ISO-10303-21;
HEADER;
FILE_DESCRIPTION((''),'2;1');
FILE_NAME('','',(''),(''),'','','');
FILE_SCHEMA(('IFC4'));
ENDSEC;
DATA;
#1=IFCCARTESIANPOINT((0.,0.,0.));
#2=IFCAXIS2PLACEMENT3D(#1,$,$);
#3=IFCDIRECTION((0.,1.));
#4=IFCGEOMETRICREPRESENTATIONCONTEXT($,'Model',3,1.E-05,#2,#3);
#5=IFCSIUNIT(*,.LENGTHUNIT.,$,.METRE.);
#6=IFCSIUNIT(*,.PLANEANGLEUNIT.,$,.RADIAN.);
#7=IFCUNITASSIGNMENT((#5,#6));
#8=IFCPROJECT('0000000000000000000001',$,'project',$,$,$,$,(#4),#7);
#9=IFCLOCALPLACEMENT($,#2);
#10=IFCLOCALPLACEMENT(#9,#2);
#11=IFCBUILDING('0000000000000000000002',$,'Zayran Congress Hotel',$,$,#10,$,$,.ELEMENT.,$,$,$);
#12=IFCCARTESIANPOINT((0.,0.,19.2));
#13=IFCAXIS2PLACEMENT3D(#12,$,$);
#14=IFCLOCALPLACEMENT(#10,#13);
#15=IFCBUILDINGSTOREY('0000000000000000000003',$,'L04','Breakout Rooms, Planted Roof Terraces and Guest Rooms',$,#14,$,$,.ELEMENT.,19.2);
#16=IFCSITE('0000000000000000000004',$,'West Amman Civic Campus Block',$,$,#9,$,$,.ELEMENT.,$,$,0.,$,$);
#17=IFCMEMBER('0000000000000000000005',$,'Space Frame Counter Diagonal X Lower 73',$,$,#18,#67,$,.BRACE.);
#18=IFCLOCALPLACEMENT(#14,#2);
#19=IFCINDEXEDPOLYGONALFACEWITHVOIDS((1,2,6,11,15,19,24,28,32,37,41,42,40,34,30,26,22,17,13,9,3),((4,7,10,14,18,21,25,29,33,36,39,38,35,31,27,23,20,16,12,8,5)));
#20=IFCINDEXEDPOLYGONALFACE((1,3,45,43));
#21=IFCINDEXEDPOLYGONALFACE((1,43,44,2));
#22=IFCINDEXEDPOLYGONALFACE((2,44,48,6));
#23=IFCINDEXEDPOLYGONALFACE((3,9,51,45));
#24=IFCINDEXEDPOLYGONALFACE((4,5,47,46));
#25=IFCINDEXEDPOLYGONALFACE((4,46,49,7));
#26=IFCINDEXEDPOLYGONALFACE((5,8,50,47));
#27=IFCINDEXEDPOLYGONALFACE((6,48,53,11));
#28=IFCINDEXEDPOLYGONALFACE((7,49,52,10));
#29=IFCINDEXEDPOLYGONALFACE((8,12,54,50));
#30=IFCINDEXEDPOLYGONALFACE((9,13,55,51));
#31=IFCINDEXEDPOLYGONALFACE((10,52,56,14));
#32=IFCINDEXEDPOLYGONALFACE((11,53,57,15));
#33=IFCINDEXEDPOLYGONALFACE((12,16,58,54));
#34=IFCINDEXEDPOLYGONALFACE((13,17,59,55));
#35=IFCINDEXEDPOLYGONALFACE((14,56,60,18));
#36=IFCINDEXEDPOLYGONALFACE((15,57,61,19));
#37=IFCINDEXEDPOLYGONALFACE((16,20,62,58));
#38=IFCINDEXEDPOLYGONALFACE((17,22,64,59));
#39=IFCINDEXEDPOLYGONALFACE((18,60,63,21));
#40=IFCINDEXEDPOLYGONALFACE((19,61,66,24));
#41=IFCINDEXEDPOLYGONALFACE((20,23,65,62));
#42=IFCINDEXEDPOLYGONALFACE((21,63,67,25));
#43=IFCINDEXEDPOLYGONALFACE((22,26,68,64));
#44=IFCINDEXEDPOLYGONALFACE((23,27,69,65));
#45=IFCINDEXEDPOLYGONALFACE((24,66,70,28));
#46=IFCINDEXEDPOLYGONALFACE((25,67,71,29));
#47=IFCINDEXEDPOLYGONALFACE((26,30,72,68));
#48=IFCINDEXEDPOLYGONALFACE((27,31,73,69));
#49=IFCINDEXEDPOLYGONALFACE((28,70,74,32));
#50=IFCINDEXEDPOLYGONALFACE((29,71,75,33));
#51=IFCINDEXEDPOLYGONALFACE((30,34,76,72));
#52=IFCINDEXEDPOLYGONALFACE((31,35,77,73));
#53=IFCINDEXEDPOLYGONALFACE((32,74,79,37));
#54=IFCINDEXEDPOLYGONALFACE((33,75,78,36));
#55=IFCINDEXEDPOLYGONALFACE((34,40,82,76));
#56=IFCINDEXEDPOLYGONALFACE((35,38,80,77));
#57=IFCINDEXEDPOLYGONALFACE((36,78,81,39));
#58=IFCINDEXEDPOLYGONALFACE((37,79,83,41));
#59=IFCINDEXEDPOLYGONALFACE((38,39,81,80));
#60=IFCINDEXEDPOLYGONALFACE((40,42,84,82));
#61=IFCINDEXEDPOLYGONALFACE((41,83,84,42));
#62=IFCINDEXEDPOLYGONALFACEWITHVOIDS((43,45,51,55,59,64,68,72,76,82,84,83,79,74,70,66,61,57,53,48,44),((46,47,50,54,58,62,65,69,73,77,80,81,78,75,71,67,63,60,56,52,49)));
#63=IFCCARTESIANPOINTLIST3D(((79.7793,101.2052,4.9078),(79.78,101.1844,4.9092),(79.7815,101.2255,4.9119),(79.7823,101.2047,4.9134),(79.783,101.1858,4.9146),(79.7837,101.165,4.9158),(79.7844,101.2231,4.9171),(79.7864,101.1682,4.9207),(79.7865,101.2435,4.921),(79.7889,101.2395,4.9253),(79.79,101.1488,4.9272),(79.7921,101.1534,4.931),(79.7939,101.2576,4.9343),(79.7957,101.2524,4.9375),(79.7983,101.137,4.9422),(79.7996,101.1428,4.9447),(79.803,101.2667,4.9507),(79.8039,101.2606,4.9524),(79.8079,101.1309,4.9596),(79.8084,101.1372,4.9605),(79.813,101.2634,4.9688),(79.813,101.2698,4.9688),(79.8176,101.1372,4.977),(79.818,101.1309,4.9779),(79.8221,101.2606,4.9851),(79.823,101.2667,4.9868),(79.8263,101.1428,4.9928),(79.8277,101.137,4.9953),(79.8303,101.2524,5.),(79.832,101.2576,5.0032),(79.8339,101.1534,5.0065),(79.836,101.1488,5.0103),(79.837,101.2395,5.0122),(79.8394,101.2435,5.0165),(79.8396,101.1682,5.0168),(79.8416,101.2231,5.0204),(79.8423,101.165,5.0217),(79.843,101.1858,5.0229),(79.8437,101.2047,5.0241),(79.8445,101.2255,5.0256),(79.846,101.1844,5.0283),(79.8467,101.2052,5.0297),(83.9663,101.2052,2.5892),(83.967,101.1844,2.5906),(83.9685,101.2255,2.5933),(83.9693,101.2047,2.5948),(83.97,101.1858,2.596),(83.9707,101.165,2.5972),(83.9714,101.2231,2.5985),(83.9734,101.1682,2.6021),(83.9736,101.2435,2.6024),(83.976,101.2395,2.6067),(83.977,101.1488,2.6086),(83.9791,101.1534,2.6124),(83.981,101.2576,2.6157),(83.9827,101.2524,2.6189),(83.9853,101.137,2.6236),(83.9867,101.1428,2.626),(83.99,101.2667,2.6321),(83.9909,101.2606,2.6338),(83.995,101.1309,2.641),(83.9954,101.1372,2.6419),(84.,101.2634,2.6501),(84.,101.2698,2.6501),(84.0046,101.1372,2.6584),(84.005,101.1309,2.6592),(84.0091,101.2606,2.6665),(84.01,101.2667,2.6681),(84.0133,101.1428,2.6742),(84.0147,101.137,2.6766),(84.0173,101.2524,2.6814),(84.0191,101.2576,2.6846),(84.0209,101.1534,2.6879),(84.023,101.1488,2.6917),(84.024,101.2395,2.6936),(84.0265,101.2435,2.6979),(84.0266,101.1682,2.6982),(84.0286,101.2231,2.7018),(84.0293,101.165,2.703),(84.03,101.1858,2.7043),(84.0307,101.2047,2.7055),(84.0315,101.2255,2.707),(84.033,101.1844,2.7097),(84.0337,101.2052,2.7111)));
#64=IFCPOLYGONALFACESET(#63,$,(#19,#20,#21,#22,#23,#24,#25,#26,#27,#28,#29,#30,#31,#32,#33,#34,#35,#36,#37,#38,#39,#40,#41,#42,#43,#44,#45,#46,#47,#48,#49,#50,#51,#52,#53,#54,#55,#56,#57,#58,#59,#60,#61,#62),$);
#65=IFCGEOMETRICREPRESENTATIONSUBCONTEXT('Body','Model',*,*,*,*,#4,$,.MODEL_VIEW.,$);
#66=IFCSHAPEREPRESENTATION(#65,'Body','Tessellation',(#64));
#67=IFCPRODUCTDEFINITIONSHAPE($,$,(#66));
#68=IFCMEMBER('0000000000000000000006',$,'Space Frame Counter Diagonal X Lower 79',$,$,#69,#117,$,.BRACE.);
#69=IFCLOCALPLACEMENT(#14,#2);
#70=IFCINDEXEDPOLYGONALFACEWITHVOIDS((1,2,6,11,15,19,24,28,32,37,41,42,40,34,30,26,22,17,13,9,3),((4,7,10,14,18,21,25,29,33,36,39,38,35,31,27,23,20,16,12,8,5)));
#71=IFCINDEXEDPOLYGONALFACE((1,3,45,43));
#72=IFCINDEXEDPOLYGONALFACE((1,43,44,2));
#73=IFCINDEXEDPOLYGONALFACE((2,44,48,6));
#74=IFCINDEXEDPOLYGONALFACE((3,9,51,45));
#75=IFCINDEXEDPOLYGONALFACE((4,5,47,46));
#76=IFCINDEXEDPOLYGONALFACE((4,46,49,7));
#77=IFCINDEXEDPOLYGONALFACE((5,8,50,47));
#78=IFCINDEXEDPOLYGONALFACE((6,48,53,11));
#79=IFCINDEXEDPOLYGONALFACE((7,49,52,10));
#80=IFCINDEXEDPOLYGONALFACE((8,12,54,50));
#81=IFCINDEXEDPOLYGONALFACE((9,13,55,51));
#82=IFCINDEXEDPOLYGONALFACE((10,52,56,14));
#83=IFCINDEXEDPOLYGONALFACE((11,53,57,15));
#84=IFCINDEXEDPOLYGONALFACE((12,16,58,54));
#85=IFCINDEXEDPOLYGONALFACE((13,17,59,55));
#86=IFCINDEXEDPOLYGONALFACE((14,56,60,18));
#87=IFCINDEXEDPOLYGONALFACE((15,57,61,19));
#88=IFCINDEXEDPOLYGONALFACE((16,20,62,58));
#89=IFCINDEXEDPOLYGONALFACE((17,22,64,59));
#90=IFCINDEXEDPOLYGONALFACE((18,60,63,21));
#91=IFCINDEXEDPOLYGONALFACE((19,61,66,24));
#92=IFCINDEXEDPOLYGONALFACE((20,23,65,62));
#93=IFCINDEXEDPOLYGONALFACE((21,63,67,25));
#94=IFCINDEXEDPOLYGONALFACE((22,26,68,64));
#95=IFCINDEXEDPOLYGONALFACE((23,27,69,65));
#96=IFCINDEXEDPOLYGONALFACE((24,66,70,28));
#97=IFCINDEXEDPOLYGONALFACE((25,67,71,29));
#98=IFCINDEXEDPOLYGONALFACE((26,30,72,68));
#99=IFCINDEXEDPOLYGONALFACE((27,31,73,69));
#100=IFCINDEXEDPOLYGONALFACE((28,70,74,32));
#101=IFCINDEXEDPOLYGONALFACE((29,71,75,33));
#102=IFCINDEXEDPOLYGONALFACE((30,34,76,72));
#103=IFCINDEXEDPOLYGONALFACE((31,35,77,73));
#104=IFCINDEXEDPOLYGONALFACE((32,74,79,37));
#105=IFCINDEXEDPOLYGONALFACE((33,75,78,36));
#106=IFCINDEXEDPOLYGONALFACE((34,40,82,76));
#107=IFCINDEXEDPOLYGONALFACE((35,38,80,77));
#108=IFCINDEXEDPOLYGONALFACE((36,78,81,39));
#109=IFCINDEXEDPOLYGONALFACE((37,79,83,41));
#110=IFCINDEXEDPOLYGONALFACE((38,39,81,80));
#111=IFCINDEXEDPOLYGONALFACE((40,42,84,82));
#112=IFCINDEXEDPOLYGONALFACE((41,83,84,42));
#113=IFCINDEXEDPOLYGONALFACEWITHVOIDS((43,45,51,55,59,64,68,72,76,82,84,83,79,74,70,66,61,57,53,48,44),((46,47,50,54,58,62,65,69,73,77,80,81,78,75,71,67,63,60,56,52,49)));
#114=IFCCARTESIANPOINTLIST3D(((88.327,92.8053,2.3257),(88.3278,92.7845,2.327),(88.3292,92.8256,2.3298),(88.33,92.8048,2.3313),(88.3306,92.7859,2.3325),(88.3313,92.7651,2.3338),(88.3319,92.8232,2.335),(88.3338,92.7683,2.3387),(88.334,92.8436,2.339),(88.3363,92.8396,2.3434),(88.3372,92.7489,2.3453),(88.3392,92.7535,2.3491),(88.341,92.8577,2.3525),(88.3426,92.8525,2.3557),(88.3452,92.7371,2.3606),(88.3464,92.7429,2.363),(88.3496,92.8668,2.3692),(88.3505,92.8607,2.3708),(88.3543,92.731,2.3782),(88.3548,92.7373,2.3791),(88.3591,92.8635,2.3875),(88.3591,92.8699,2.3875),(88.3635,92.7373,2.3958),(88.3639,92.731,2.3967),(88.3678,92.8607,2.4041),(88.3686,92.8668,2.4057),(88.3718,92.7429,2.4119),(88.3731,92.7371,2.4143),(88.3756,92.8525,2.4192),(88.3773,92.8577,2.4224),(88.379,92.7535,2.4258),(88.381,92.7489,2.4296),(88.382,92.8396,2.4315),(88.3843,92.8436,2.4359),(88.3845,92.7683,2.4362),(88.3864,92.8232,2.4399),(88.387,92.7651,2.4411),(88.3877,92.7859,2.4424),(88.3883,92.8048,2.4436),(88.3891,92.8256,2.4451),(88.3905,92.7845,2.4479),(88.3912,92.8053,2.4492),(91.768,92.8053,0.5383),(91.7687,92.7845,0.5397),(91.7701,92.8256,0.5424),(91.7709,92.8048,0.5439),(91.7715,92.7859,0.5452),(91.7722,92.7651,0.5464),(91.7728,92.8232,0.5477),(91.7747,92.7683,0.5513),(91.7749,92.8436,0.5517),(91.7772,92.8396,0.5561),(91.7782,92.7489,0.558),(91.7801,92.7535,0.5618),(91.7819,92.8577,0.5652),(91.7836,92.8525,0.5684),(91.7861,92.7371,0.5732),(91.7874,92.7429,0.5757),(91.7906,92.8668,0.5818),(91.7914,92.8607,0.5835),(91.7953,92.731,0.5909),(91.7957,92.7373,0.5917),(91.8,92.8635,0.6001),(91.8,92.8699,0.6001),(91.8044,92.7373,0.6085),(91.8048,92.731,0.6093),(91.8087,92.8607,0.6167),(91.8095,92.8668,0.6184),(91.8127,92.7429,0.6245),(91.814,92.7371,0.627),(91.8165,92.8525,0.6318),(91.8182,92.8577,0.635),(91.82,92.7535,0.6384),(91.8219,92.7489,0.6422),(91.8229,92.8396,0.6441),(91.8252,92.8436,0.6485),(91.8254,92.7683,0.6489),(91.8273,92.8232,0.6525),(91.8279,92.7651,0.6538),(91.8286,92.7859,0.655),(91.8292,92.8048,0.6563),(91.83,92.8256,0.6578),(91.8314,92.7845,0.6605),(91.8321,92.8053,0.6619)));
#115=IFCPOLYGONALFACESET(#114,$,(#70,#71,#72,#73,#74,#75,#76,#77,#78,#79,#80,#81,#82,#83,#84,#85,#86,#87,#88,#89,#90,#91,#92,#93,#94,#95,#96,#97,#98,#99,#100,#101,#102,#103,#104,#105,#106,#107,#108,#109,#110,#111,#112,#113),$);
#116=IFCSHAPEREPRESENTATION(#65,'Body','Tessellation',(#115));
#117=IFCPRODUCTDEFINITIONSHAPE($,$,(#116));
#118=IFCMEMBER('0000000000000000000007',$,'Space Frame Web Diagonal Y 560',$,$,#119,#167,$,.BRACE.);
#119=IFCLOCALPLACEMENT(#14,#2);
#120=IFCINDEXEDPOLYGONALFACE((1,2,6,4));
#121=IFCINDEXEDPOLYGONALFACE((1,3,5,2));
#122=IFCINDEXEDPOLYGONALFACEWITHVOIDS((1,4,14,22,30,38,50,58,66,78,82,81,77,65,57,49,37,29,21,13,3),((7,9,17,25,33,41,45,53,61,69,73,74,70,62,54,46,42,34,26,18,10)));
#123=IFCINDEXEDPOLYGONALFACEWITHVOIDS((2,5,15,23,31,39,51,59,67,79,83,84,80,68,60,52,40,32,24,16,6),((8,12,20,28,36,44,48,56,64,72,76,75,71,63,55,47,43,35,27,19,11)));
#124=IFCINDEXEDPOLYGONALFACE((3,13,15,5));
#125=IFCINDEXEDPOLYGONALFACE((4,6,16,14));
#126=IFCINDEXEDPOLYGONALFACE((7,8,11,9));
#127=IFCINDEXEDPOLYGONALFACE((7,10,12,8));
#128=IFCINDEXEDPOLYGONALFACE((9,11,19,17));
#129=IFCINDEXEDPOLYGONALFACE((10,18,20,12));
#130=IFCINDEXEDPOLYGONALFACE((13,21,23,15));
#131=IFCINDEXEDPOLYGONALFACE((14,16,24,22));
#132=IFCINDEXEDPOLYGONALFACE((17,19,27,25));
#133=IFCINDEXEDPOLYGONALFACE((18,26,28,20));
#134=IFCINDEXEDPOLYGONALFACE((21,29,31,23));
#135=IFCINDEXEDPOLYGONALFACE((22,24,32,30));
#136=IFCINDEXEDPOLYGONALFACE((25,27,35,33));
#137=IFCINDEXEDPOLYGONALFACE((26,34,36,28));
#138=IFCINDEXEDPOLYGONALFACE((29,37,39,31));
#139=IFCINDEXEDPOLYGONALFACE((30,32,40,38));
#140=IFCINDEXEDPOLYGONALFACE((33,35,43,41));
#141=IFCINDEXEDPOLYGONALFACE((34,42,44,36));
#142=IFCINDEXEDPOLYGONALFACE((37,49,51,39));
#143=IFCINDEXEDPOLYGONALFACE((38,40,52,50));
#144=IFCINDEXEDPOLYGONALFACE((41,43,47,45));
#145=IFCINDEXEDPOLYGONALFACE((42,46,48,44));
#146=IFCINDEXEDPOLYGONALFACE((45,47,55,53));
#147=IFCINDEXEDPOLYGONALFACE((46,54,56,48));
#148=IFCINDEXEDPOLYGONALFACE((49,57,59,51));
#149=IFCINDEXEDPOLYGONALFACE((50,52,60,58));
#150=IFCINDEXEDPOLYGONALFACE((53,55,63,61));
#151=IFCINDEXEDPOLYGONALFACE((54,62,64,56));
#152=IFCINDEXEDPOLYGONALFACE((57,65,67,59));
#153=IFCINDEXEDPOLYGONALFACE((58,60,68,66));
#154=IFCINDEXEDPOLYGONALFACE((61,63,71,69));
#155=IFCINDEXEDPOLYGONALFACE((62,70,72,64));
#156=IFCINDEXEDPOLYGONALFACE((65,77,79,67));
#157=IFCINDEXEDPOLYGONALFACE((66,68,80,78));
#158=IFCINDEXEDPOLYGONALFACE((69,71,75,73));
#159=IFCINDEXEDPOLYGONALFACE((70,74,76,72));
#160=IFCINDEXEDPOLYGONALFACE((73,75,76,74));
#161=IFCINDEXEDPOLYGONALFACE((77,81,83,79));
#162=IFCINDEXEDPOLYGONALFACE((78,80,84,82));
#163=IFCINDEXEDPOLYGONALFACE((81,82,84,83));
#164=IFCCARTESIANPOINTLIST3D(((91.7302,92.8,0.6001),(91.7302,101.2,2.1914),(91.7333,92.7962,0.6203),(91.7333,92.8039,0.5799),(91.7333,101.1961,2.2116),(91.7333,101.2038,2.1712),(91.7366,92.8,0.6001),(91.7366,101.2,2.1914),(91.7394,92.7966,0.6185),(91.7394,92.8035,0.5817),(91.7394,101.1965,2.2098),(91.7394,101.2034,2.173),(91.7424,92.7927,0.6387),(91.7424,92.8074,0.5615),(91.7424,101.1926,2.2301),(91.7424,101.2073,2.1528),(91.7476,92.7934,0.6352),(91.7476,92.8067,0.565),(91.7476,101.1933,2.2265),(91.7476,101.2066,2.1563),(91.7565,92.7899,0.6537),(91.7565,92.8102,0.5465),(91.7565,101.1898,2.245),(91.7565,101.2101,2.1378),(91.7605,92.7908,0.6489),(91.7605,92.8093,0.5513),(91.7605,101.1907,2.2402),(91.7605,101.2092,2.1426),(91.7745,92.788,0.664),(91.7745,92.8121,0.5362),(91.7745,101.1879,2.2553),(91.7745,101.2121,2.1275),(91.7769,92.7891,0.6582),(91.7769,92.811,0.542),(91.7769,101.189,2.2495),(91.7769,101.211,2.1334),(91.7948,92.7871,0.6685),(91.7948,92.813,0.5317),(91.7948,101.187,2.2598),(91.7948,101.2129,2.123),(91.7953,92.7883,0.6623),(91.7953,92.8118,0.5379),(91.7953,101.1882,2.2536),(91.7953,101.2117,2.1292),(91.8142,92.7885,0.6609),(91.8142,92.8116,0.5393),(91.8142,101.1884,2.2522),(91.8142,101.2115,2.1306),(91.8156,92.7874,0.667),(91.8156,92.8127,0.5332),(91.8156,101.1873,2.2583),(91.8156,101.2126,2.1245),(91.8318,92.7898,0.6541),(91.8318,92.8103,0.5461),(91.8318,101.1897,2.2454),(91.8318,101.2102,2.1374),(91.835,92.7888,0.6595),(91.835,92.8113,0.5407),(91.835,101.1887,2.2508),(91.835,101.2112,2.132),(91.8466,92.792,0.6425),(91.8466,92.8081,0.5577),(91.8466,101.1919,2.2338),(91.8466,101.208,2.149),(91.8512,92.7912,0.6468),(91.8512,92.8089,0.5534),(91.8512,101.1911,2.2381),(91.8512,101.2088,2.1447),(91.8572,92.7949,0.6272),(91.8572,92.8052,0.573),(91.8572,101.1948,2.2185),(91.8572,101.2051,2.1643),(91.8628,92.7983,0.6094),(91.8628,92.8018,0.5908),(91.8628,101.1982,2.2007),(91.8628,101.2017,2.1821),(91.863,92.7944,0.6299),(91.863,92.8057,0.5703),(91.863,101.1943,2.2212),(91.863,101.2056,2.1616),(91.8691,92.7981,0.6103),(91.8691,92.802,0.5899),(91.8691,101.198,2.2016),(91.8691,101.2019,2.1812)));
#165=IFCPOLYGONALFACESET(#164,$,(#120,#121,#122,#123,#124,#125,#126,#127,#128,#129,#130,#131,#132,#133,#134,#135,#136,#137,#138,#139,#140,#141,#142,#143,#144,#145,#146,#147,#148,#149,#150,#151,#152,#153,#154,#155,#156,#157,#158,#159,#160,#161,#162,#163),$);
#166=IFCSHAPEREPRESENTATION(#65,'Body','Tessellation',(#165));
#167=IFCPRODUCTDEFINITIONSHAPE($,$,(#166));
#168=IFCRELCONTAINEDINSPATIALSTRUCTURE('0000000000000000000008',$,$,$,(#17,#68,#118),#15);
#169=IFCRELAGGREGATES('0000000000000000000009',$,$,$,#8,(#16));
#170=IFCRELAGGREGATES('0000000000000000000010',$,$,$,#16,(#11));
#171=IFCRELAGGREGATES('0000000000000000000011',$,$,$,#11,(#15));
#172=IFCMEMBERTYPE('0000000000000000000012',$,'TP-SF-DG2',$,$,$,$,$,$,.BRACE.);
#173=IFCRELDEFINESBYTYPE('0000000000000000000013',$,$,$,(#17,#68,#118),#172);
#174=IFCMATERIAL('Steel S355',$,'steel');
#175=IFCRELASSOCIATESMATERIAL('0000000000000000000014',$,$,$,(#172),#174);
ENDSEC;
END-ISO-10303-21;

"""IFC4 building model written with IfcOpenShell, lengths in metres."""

from ifc_helpers import new_model, si_unit, direction, frame, origin, origin_2d, place, context, subcontext, project, spatial, hollow_circle, extrude, material, material_profile, profile_set, type_object, element, save


model = new_model("IFC4")

# Units and contexts
model_context = context("Model", 3, precision=1e-05, world=origin(), true_north=direction((0.0, 1.0)))
body_context = subcontext(model_context, "Body", "Model", "MODEL_VIEW")
ifc_project = project(units=[si_unit("LENGTHUNIT", "METRE"), si_unit("PLANEANGLEUNIT", "RADIAN")], contexts=[model_context])

# Site, building, storey
site_placement = place(None, origin())
site = spatial("IfcSite", under=ifc_project, at=site_placement, Name="West Amman Civic Campus Block", CompositionType="ELEMENT", RefElevation=0.0)
building_placement = place(site_placement, origin())
building = spatial("IfcBuilding", under=site, at=building_placement, Name="Zayran Congress Hotel", CompositionType="ELEMENT")
storey_placement = place(building_placement, frame((0.0, 0.0, 19.2)))
storey = spatial("IfcBuildingStorey", under=building, at=storey_placement, Name="L04", Description="Breakout Rooms, Planted Roof Terraces and Guest Rooms", CompositionType="ELEMENT", Elevation=19.2)

# Shared definitions
ifc_material_1 = material(Name="Steel S355", Category="steel")

# Members
ifc_material_profile_1 = material_profile(ifc_material_1, hollow_circle(Radius=0.0698, WallThickness=0.0063, at=origin_2d()), Name="CHS 139.7x6.3")
ifc_profile_set_1 = profile_set([ifc_material_profile_1], Name="Steel S355")
member_type_1 = type_object("IfcMemberType", Name="TP-SF-DG2", PredefinedType="BRACE", material=ifc_profile_set_1)
member_1_placement = place(storey_placement, frame((79.813, 101.2, 4.9688), z_axis=(0.874823, 0.0, -0.484443), x_axis=(0.0, 1.0, 0.0)))
element("IfcMember", 1, at=member_1_placement, inside=storey, type_object=member_type_1, Name="Space Frame Counter Diagonal X Lower 73", PredefinedType="BRACE", context=body_context, shape_type="SweptSolid", body=[
    extrude(hollow_circle(Radius=0.0698, WallThickness=0.0063, at=origin_2d()), origin(), (0.0, 0.0, 1.0), 4.7861),
])
member_2_placement = place(storey_placement, frame((88.3591, 92.8, 2.3875), z_axis=(0.88742, 0.0, -0.460962), x_axis=(0.0, 1.0, 0.0)))
element("IfcMember", 2, at=member_2_placement, inside=storey, type_object=member_type_1, Name="Space Frame Counter Diagonal X Lower 79", PredefinedType="BRACE", context=body_context, shape_type="SweptSolid", body=[
    extrude(hollow_circle(Radius=0.0698, WallThickness=0.0063, at=origin_2d()), origin(), (0.0, 0.0, 1.0), 3.8774),
])
member_3_placement = place(storey_placement, frame((91.8, 92.8, 0.6001), z_axis=(0.0, 0.982525, 0.186133), x_axis=(-1.0, 0.0, 0.0)))
element("IfcMember", 3, at=member_3_placement, inside=storey, type_object=member_type_1, Name="Space Frame Web Diagonal Y 560", PredefinedType="BRACE", context=body_context, shape_type="SweptSolid", body=[
    extrude(hollow_circle(Radius=0.0698, WallThickness=0.0063, at=origin_2d()), origin(), (0.0, 0.0, 1.0), 8.5493),
])

save(model, "model.ifc")
